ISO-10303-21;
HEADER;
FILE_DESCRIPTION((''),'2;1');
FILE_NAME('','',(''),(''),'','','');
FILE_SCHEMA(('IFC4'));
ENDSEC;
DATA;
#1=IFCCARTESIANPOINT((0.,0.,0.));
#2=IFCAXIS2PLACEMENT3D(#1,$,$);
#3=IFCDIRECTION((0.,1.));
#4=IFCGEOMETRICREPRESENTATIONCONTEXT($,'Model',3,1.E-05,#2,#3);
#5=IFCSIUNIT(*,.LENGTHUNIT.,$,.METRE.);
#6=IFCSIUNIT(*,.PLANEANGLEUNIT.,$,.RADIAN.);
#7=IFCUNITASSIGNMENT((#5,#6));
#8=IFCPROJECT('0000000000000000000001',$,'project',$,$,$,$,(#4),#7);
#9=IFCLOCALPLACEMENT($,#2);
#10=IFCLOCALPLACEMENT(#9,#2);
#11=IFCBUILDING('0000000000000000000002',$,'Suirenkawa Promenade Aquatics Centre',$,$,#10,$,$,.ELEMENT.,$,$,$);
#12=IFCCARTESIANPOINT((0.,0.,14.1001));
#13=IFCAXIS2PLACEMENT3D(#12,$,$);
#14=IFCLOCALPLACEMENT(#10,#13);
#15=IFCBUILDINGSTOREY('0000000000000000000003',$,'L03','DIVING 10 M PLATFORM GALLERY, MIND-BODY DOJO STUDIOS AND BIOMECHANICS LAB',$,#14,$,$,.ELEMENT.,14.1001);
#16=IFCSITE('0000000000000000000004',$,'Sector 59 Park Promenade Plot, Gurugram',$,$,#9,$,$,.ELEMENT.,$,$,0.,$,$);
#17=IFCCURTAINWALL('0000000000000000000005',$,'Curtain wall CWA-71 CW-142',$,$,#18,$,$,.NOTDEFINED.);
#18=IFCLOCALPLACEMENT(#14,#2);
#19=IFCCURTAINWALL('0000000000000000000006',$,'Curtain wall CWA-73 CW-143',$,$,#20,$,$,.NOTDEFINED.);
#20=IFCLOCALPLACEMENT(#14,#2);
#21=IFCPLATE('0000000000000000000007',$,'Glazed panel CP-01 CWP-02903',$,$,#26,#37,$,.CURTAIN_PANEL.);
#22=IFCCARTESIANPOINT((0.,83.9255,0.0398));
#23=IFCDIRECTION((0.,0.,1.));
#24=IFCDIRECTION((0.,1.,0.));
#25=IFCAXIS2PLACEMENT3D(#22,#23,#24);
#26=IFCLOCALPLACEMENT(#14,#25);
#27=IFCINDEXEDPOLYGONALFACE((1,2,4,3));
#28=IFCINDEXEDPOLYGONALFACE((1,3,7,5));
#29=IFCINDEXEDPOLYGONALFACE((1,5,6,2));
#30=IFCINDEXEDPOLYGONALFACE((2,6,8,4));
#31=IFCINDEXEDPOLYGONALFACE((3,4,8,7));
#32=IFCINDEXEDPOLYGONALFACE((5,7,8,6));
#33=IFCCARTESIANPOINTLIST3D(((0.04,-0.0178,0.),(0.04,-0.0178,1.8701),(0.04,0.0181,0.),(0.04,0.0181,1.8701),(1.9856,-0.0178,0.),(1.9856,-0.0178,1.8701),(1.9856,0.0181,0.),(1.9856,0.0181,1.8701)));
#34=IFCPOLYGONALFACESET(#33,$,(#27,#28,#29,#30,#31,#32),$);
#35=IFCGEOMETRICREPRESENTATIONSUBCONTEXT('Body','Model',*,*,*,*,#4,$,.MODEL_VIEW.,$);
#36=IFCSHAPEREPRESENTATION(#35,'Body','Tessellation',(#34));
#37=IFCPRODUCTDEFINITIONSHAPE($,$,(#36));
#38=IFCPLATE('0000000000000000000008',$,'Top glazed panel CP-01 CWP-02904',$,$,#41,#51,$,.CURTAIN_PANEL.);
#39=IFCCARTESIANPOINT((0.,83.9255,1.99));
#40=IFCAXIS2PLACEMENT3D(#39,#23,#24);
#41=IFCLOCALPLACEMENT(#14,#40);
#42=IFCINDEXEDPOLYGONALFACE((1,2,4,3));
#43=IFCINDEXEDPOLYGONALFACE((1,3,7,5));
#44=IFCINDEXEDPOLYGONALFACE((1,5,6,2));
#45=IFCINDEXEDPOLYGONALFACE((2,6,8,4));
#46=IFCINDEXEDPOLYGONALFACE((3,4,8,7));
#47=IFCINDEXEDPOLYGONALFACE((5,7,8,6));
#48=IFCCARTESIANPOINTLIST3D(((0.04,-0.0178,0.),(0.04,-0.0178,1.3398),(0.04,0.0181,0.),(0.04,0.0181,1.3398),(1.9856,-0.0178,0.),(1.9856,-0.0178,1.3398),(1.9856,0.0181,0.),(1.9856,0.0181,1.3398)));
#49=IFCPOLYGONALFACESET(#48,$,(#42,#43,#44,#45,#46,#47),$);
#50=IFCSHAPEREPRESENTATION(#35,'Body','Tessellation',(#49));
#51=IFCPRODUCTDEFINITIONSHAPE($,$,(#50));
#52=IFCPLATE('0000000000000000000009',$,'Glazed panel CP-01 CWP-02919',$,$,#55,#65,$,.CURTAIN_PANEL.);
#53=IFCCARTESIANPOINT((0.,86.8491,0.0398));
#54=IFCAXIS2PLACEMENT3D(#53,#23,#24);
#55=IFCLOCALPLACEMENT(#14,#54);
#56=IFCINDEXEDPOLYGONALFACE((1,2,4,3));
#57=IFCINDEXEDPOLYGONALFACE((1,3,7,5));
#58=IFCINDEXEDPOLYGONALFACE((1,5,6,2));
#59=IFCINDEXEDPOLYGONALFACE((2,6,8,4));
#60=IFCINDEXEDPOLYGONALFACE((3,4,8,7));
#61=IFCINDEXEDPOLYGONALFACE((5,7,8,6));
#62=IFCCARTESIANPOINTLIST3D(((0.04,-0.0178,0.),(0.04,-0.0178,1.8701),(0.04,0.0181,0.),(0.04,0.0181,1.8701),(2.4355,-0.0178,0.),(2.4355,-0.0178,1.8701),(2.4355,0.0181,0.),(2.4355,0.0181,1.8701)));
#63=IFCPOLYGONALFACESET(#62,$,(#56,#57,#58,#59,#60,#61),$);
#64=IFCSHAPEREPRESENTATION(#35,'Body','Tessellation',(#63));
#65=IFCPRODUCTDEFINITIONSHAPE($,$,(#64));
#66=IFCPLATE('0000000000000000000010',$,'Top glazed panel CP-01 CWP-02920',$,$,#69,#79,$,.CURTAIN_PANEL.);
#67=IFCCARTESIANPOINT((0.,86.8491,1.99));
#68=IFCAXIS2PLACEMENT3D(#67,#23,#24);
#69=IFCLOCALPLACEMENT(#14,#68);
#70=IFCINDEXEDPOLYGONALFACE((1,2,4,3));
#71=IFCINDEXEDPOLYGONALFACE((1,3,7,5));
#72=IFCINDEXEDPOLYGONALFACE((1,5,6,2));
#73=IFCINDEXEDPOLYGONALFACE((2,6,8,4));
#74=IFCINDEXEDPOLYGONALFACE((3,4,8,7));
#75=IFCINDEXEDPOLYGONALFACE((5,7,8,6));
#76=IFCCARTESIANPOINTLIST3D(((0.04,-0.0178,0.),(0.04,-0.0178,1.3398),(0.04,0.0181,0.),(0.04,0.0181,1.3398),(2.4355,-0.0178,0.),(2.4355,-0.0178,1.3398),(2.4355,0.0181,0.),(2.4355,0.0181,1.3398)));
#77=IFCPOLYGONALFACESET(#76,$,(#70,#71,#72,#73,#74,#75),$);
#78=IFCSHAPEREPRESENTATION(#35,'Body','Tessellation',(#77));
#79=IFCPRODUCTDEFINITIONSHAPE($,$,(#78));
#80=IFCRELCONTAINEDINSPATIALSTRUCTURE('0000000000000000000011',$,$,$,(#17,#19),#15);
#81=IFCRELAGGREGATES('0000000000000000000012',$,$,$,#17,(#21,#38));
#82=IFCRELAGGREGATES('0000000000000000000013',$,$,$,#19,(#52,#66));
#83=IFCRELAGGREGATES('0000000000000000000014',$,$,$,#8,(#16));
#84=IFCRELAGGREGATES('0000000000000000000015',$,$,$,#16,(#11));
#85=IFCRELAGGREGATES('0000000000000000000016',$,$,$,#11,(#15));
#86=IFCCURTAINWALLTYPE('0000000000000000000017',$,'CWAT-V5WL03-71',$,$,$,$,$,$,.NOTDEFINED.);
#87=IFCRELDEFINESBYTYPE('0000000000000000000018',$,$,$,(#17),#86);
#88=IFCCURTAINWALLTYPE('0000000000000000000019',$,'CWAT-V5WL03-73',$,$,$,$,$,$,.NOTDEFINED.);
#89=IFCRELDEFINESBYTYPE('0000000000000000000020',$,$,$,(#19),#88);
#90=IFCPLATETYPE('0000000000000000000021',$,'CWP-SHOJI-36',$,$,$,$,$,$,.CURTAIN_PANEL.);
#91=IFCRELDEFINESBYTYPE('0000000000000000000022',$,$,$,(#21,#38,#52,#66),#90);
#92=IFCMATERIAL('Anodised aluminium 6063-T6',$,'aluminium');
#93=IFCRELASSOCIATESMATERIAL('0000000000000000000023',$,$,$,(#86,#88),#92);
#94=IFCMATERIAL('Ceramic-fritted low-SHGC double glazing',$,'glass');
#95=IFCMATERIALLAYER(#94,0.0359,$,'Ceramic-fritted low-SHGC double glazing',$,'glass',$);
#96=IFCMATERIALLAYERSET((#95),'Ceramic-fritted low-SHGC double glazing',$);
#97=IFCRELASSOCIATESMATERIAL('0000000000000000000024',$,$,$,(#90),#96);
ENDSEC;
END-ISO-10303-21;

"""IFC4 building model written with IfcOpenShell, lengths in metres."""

from ifc_helpers import new_model, si_unit, direction, frame, origin, place, context, subcontext, project, spatial, polyline, outline, extrude, material, layer, layer_set, type_object, element, aggregate, save


model = new_model("IFC4")

# Units and contexts
model_context = context("Model", 3, precision=1e-05, world=origin(), true_north=direction((0.0, 1.0)))
body_context = subcontext(model_context, "Body", "Model", "MODEL_VIEW")
ifc_project = project(units=[si_unit("LENGTHUNIT", "METRE"), si_unit("PLANEANGLEUNIT", "RADIAN")], contexts=[model_context])

# Site, building, storey
site_placement = place(None, origin())
site = spatial("IfcSite", under=ifc_project, at=site_placement, Name="Sector 59 Park Promenade Plot, Gurugram", CompositionType="ELEMENT", RefElevation=0.0)
building_placement = place(site_placement, origin())
building = spatial("IfcBuilding", under=site, at=building_placement, Name="Suirenkawa Promenade Aquatics Centre", CompositionType="ELEMENT")
storey_placement = place(building_placement, frame((0.0, 0.0, 14.1001)))
storey = spatial("IfcBuildingStorey", under=building, at=storey_placement, Name="L03", Description="DIVING 10 M PLATFORM GALLERY, MIND-BODY DOJO STUDIOS AND BIOMECHANICS LAB", CompositionType="ELEMENT", Elevation=14.1001)

# Curtain walls
ifc_material_1 = material(Name="Anodised aluminium 6063-T6", Category="aluminium")
curtain_wall_type_1 = type_object("IfcCurtainWallType", Name="CWAT-V5WL03-71", PredefinedType="NOTDEFINED", material=ifc_material_1)
curtain_wall_1_placement = place(storey_placement, origin())
curtain_wall_1 = element("IfcCurtainWall", 1, at=curtain_wall_1_placement, inside=storey, type_object=curtain_wall_type_1, Name="Curtain wall CWA-71 CW-142", PredefinedType="NOTDEFINED")
curtain_wall_type_2 = type_object("IfcCurtainWallType", Name="CWAT-V5WL03-73", PredefinedType="NOTDEFINED", material=ifc_material_1)
curtain_wall_2_placement = place(storey_placement, origin())
curtain_wall_2 = element("IfcCurtainWall", 2, at=curtain_wall_2_placement, inside=storey, type_object=curtain_wall_type_2, Name="Curtain wall CWA-73 CW-143", PredefinedType="NOTDEFINED")

# Plates
ifc_material_2 = material(Name="Ceramic-fritted low-SHGC double glazing", Category="glass")
ifc_layer_1 = layer(ifc_material_2, 0.0359, Name="Ceramic-fritted low-SHGC double glazing", Category="glass")
ifc_layer_set_1 = layer_set([ifc_layer_1], Name="Ceramic-fritted low-SHGC double glazing")
plate_type = type_object("IfcPlateType", Name="CWP-SHOJI-36", PredefinedType="CURTAIN_PANEL", material=ifc_layer_set_1)
plate_1_placement = place(storey_placement, frame((0.0, 83.9255, 0.0398), z_axis=(0.0, 0.0, 1.0), x_axis=(0.0, 1.0, 0.0)))
plate_1 = element("IfcPlate", 3, at=plate_1_placement, type_object=plate_type, Name="Glazed panel CP-01 CWP-02903", PredefinedType="CURTAIN_PANEL", context=body_context, shape_type="SweptSolid", body=[
    extrude(outline(polyline([(0.04, 0.0), (1.9856, 0.0), (1.9856, 1.8701), (0.04, 1.8701), (0.04, 0.0)])), frame((0.0, 0.0181, 0.0), z_axis=(0.0, -1.0, 0.0), x_axis=(1.0, 0.0, 0.0)), (0.0, 0.0, 1.0), 0.0359),
])
plate_2_placement = place(storey_placement, frame((0.0, 83.9255, 1.99), z_axis=(0.0, 0.0, 1.0), x_axis=(0.0, 1.0, 0.0)))
plate_2 = element("IfcPlate", 4, at=plate_2_placement, type_object=plate_type, Name="Top glazed panel CP-01 CWP-02904", PredefinedType="CURTAIN_PANEL", context=body_context, shape_type="SweptSolid", body=[
    extrude(outline(polyline([(0.04, 0.0), (1.9856, 0.0), (1.9856, 1.3398), (0.04, 1.3398), (0.04, 0.0)])), frame((0.0, 0.0181, 0.0), z_axis=(0.0, -1.0, 0.0), x_axis=(1.0, 0.0, 0.0)), (0.0, 0.0, 1.0), 0.0359),
])
aggregate(curtain_wall_1, [plate_1, plate_2])
plate_3_placement = place(storey_placement, frame((0.0, 86.8491, 0.0398), z_axis=(0.0, 0.0, 1.0), x_axis=(0.0, 1.0, 0.0)))
plate_3 = element("IfcPlate", 5, at=plate_3_placement, type_object=plate_type, Name="Glazed panel CP-01 CWP-02919", PredefinedType="CURTAIN_PANEL", context=body_context, shape_type="SweptSolid", body=[
    extrude(outline(polyline([(0.04, 0.0), (2.4355, 0.0), (2.4355, 1.8701), (0.04, 1.8701), (0.04, 0.0)])), frame((0.0, 0.0181, 0.0), z_axis=(0.0, -1.0, 0.0), x_axis=(1.0, 0.0, 0.0)), (0.0, 0.0, 1.0), 0.0359),
])
plate_4_placement = place(storey_placement, frame((0.0, 86.8491, 1.99), z_axis=(0.0, 0.0, 1.0), x_axis=(0.0, 1.0, 0.0)))
plate_4 = element("IfcPlate", 6, at=plate_4_placement, type_object=plate_type, Name="Top glazed panel CP-01 CWP-02920", PredefinedType="CURTAIN_PANEL", context=body_context, shape_type="SweptSolid", body=[
    extrude(outline(polyline([(0.04, 0.0), (2.4355, 0.0), (2.4355, 1.3398), (0.04, 1.3398), (0.04, 0.0)])), frame((0.0, 0.0181, 0.0), z_axis=(0.0, -1.0, 0.0), x_axis=(1.0, 0.0, 0.0)), (0.0, 0.0, 1.0), 0.0359),
])
aggregate(curtain_wall_2, [plate_3, plate_4])

save(model, "model.ifc")
